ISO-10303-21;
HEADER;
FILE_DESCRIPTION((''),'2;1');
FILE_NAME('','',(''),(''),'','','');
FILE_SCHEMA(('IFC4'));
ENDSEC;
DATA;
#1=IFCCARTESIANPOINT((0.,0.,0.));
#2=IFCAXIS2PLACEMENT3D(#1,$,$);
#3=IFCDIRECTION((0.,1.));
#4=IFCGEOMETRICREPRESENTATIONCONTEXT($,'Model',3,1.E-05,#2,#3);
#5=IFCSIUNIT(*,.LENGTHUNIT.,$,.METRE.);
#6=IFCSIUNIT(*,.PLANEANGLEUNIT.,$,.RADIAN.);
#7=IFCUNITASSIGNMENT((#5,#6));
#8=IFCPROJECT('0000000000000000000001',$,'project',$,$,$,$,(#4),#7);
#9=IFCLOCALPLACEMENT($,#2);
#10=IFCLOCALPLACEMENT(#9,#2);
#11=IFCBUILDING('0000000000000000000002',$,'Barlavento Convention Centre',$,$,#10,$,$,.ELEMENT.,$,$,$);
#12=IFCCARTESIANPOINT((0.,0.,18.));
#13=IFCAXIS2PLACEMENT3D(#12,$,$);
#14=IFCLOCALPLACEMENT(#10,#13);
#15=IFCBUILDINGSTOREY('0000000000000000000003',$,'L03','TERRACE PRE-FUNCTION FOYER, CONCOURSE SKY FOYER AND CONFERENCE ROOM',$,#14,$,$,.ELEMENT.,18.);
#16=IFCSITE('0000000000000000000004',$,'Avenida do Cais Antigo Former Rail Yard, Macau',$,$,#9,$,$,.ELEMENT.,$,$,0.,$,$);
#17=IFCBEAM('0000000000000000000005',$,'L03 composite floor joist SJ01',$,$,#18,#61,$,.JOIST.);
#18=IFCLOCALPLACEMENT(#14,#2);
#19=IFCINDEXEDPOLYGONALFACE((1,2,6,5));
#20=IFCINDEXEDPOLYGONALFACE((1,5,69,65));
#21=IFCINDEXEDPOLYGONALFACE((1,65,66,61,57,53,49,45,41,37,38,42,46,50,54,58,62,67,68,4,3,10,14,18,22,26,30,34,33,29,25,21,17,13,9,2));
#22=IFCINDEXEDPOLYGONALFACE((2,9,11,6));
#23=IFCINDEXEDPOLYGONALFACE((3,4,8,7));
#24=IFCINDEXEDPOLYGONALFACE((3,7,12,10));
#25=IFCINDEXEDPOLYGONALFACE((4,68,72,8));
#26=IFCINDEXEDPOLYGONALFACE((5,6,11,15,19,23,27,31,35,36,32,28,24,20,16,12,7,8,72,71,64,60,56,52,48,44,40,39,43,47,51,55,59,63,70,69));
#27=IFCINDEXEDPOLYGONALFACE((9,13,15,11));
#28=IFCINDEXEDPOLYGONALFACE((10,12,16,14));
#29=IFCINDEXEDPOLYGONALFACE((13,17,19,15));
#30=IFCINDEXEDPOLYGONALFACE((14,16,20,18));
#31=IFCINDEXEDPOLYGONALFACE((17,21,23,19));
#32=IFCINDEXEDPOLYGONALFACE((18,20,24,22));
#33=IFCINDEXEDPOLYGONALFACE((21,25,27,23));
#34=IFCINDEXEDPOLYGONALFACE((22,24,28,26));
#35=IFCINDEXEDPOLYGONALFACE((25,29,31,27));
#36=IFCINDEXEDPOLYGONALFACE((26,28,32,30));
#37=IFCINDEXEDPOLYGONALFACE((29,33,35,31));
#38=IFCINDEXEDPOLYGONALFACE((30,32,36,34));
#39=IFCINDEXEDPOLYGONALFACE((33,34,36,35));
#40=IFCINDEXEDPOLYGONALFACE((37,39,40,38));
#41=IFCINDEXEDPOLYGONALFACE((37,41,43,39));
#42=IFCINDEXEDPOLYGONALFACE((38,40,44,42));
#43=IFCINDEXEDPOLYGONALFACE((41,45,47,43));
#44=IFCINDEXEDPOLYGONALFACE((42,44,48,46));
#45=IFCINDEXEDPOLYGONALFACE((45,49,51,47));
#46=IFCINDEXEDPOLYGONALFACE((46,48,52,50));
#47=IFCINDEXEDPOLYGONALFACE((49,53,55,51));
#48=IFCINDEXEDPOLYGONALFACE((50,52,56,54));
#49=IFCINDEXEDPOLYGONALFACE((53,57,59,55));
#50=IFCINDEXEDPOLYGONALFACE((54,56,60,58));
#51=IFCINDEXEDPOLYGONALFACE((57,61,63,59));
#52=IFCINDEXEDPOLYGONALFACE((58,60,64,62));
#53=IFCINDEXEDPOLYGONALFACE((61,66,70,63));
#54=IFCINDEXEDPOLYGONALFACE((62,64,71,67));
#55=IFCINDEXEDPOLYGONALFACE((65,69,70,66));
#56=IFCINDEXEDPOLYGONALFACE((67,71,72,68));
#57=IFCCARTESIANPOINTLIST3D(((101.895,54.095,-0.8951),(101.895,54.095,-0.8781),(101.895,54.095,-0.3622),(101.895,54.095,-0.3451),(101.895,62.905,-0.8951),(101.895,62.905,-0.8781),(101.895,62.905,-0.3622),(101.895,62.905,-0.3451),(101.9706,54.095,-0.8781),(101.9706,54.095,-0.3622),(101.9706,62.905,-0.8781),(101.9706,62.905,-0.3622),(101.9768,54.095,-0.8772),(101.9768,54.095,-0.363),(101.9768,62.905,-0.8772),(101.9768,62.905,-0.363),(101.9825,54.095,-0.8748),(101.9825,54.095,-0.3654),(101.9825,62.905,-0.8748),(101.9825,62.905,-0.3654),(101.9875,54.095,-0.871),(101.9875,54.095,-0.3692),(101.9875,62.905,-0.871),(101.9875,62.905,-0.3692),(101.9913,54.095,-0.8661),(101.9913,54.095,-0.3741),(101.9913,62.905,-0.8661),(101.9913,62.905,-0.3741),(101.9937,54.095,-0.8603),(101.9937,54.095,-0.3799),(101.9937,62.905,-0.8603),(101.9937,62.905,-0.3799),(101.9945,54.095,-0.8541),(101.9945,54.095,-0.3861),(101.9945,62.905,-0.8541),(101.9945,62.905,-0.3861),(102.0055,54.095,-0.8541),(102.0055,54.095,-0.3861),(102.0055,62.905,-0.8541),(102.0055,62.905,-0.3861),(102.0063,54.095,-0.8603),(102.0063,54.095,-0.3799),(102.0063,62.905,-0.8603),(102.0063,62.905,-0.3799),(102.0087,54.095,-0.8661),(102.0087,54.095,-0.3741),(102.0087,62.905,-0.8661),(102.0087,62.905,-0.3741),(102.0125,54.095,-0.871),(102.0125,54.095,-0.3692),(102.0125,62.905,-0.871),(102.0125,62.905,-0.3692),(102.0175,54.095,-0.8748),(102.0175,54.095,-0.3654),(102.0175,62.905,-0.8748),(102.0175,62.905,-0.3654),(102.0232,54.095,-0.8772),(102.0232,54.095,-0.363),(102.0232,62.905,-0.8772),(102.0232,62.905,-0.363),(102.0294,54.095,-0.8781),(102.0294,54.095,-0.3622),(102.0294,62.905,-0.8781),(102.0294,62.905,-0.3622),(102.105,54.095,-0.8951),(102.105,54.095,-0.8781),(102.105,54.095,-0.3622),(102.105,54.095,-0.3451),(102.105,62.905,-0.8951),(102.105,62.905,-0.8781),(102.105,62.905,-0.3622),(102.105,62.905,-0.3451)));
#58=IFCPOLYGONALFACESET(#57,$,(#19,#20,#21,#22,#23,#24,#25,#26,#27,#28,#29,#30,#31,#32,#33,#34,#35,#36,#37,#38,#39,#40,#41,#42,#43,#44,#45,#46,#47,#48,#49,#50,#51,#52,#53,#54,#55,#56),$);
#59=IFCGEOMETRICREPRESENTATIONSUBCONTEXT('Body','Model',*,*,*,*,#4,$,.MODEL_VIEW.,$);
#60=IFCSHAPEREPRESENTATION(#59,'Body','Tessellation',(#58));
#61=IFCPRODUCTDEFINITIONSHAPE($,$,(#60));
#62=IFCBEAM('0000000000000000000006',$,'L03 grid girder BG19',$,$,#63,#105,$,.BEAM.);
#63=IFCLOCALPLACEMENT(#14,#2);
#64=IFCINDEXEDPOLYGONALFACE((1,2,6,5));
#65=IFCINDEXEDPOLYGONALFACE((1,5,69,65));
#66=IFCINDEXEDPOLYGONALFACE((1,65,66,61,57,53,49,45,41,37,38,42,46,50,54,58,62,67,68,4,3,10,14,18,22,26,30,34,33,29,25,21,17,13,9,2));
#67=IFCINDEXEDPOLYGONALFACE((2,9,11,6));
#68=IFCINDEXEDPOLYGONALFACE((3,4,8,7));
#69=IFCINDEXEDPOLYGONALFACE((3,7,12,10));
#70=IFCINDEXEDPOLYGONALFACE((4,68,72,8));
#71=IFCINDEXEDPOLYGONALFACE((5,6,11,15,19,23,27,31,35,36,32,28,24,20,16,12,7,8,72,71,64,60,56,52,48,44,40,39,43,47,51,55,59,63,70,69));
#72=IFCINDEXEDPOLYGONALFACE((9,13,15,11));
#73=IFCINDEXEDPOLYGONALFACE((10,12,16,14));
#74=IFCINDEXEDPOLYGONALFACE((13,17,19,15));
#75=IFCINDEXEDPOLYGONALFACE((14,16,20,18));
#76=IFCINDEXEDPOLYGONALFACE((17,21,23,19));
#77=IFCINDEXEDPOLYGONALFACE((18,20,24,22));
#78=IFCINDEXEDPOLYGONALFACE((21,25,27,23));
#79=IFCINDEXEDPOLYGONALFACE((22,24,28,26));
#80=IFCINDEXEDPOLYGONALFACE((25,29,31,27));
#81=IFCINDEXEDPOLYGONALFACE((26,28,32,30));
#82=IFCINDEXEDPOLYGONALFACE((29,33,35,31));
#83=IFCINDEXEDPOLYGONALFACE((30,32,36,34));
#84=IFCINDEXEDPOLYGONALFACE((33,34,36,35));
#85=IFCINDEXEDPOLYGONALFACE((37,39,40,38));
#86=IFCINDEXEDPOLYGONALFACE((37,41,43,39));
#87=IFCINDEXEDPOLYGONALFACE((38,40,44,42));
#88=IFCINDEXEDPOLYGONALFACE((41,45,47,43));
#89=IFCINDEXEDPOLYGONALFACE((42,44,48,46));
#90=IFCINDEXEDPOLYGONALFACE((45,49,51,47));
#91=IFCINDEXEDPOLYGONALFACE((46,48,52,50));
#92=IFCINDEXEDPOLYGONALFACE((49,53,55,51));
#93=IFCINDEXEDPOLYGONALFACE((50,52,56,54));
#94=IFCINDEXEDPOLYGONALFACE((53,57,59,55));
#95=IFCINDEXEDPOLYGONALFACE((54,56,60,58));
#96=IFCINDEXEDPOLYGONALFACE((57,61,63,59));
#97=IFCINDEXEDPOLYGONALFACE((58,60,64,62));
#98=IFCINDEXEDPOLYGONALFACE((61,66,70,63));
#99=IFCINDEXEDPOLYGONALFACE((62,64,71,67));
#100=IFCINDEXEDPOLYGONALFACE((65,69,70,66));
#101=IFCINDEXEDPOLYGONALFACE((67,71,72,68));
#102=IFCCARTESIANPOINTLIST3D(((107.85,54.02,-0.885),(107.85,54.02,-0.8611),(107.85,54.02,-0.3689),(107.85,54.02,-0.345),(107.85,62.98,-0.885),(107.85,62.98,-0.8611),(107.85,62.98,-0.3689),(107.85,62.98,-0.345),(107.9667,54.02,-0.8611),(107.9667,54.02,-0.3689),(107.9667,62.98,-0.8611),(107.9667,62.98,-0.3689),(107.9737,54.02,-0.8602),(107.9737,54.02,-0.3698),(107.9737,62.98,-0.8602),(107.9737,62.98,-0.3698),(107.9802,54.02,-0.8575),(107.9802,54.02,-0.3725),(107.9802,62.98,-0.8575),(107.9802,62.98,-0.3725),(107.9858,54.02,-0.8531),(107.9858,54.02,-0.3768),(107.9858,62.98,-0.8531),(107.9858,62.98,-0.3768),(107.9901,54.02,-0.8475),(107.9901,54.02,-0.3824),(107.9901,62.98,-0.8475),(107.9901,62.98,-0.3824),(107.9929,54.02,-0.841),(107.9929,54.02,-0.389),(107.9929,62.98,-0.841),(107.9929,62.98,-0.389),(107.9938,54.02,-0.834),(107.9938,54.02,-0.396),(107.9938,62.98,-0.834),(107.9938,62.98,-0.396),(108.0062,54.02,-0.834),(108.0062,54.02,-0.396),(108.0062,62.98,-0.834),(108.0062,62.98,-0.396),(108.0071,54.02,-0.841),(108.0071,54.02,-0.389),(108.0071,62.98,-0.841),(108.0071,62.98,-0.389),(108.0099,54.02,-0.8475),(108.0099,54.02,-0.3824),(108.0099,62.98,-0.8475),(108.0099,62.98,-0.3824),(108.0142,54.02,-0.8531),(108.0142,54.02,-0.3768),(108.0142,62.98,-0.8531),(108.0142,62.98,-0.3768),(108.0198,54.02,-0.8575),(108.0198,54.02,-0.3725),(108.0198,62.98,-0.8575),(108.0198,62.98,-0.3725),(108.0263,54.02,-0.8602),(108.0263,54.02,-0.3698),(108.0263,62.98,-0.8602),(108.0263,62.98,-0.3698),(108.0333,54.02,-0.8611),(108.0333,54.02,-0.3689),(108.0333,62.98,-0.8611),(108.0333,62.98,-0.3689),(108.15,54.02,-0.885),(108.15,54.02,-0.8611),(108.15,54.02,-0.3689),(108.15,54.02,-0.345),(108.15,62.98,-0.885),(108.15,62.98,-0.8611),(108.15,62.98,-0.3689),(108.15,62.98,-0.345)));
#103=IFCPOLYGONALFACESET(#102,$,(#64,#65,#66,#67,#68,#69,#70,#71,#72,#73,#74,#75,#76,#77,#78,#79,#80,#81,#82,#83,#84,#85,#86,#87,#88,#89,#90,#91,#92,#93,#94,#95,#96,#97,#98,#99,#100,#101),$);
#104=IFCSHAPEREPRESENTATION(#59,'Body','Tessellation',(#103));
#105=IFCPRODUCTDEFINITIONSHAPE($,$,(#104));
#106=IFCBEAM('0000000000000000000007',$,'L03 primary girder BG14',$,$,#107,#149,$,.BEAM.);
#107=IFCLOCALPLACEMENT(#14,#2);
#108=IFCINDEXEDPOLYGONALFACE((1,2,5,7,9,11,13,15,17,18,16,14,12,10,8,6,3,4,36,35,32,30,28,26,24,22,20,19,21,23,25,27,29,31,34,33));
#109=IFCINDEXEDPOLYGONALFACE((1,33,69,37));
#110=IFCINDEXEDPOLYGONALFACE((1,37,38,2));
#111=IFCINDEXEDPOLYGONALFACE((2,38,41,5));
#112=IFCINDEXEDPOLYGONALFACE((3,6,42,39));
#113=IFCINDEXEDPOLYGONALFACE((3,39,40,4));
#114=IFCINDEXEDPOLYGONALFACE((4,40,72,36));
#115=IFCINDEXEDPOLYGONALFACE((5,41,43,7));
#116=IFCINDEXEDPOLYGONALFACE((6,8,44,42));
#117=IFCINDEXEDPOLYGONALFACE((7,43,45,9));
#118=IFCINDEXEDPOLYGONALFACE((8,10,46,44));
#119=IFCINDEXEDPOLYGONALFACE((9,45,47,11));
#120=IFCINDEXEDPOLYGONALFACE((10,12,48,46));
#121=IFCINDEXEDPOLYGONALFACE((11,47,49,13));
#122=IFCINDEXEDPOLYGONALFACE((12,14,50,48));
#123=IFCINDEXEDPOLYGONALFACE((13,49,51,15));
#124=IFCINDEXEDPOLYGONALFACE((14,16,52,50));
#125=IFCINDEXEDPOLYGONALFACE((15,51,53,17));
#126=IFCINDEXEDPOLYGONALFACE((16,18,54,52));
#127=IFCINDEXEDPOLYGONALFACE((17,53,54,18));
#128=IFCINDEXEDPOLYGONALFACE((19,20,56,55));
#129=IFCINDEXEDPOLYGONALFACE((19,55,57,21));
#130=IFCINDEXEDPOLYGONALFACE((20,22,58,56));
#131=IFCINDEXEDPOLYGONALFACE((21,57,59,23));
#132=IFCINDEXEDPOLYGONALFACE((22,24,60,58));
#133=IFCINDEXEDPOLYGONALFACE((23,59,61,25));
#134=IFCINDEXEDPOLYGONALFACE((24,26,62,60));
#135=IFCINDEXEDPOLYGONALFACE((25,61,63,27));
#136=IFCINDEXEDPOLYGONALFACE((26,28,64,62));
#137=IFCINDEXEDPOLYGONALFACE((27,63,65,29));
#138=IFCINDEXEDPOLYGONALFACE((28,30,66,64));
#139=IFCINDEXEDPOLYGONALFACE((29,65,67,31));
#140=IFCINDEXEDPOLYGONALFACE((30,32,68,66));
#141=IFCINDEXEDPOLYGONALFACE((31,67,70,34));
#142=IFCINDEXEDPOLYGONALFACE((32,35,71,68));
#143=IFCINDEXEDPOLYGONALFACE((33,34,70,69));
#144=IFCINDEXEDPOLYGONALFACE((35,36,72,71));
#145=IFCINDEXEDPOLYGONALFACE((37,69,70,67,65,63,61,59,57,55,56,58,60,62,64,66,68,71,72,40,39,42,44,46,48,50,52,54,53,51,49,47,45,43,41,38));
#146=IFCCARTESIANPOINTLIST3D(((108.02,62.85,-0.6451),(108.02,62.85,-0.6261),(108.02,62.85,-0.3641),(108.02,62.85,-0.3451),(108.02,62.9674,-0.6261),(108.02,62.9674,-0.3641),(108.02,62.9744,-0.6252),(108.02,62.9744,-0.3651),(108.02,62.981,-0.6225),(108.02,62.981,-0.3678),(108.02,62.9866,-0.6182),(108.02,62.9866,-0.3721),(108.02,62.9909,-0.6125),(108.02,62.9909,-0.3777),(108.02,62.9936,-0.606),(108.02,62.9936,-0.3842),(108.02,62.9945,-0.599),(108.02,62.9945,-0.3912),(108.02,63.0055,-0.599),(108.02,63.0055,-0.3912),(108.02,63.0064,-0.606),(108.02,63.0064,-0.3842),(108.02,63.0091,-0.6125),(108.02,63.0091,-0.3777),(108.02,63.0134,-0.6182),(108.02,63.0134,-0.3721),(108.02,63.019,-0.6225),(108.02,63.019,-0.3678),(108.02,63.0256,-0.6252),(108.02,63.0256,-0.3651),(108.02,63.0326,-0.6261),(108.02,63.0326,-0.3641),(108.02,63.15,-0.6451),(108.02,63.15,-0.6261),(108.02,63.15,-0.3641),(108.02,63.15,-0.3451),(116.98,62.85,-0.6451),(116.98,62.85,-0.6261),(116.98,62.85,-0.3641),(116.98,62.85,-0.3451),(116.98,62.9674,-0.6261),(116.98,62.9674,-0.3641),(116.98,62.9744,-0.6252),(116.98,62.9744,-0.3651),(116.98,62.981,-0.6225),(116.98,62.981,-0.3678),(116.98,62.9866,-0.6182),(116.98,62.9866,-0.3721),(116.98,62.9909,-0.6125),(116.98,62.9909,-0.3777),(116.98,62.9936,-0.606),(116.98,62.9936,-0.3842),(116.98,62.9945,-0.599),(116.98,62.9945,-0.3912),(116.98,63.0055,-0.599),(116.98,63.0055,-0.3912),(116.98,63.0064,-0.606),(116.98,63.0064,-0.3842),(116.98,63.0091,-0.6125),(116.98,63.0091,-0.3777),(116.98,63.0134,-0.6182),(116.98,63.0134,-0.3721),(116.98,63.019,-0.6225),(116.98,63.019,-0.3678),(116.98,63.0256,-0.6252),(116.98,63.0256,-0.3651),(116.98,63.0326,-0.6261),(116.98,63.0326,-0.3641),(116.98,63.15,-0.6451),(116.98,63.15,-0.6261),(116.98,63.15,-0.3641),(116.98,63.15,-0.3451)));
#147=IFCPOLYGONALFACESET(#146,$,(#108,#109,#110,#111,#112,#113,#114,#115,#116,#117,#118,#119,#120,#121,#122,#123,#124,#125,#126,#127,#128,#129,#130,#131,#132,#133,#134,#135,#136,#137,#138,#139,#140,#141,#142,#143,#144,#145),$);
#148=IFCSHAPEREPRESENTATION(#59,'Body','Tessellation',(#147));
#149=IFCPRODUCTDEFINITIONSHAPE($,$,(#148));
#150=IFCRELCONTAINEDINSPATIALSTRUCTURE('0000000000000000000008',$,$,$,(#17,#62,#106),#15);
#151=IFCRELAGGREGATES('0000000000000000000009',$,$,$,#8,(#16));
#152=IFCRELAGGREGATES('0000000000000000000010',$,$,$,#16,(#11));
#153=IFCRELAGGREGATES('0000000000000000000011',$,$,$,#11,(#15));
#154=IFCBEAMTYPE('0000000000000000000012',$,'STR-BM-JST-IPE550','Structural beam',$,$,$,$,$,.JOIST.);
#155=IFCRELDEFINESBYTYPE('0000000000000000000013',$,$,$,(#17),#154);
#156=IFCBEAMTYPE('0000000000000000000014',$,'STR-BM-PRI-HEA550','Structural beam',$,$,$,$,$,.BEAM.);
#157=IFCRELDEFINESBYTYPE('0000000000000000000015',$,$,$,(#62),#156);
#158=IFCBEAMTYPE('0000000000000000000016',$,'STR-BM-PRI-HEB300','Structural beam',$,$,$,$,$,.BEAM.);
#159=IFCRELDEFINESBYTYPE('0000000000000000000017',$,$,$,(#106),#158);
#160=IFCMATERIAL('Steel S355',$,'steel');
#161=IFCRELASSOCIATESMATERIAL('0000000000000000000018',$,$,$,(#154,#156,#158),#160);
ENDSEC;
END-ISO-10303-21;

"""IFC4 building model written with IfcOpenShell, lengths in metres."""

from ifc_helpers import new_model, si_unit, direction, frame, origin, origin_2d, place, context, subcontext, project, spatial, i_section, extrude, material, material_profile, profile_set, type_object, element, save


model = new_model("IFC4")

# Units and contexts
model_context = context("Model", 3, precision=1e-05, world=origin(), true_north=direction((0.0, 1.0)))
body_context = subcontext(model_context, "Body", "Model", "MODEL_VIEW")
ifc_project = project(units=[si_unit("LENGTHUNIT", "METRE"), si_unit("PLANEANGLEUNIT", "RADIAN")], contexts=[model_context])

# Site, building, storey
site_placement = place(None, origin())
site = spatial("IfcSite", under=ifc_project, at=site_placement, Name="Avenida do Cais Antigo Former Rail Yard, Macau", CompositionType="ELEMENT", RefElevation=0.0)
building_placement = place(site_placement, origin())
building = spatial("IfcBuilding", under=site, at=building_placement, Name="Barlavento Convention Centre", CompositionType="ELEMENT")
storey_placement = place(building_placement, frame((0.0, 0.0, 18.0)))
storey = spatial("IfcBuildingStorey", under=building, at=storey_placement, Name="L03", Description="TERRACE PRE-FUNCTION FOYER, CONCOURSE SKY FOYER AND CONFERENCE ROOM", CompositionType="ELEMENT", Elevation=18.0)

# Beams
ifc_material_1 = material(Name="Steel S355", Category="steel")
ifc_material_profile_1 = material_profile(ifc_material_1, i_section(OverallWidth=0.21, OverallDepth=0.55, WebThickness=0.011, FlangeThickness=0.0171, FilletRadius=0.0239, at=origin_2d()), Name="IPE 550")
ifc_profile_set_1 = profile_set([ifc_material_profile_1], Name="Steel S355")
beam_type_1 = type_object("IfcBeamType", Name="STR-BM-JST-IPE550", Description="Structural beam", PredefinedType="JOIST", material=ifc_profile_set_1)
beam_1_placement = place(storey_placement, frame((102.0, 54.095, -0.6201), z_axis=(0.0, 1.0, 0.0), x_axis=(-1.0, 0.0, 0.0)))
element("IfcBeam", 1, at=beam_1_placement, inside=storey, type_object=beam_type_1, Name="L03 composite floor joist SJ01", PredefinedType="JOIST", context=body_context, shape_type="SweptSolid", body=[
    extrude(i_section(OverallWidth=0.21, OverallDepth=0.55, WebThickness=0.011, FlangeThickness=0.0171, FilletRadius=0.0239, at=origin_2d()), origin(), (0.0, 0.0, 1.0), 8.8101),
])
ifc_material_profile_2 = material_profile(ifc_material_1, i_section(OverallWidth=0.3, OverallDepth=0.54, WebThickness=0.0125, FlangeThickness=0.0239, FilletRadius=0.0271, at=origin_2d()), Name="HEA 550")
ifc_profile_set_2 = profile_set([ifc_material_profile_2], Name="Steel S355")
beam_type_2 = type_object("IfcBeamType", Name="STR-BM-PRI-HEA550", Description="Structural beam", PredefinedType="BEAM", material=ifc_profile_set_2)
beam_2_placement = place(storey_placement, frame((108.0, 54.02, -0.615), z_axis=(0.0, 1.0, 0.0), x_axis=(-1.0, 0.0, 0.0)))
element("IfcBeam", 2, at=beam_2_placement, inside=storey, type_object=beam_type_2, Name="L03 grid girder BG19", PredefinedType="BEAM", context=body_context, shape_type="SweptSolid", body=[
    extrude(i_section(OverallWidth=0.3, OverallDepth=0.54, WebThickness=0.0125, FlangeThickness=0.0239, FilletRadius=0.0271, at=origin_2d()), origin(), (0.0, 0.0, 1.0), 8.96),
])
ifc_material_profile_3 = material_profile(ifc_material_1, i_section(OverallWidth=0.3, OverallDepth=0.3, WebThickness=0.011, FlangeThickness=0.019, FilletRadius=0.0271, at=origin_2d()), Name="HEB 300")
ifc_profile_set_3 = profile_set([ifc_material_profile_3], Name="Steel S355")
beam_type_3 = type_object("IfcBeamType", Name="STR-BM-PRI-HEB300", Description="Structural beam", PredefinedType="BEAM", material=ifc_profile_set_3)
beam_3_placement = place(storey_placement, frame((108.02, 63.0, -0.4951), z_axis=(1.0, 0.0, 0.0), x_axis=(0.0, 1.0, 0.0)))
element("IfcBeam", 3, at=beam_3_placement, inside=storey, type_object=beam_type_3, Name="L03 primary girder BG14", PredefinedType="BEAM", context=body_context, shape_type="SweptSolid", body=[
    extrude(i_section(OverallWidth=0.3, OverallDepth=0.3, WebThickness=0.011, FlangeThickness=0.019, FilletRadius=0.0271, at=origin_2d()), origin(), (0.0, 0.0, 1.0), 8.96),
])

save(model, "model.ifc")
